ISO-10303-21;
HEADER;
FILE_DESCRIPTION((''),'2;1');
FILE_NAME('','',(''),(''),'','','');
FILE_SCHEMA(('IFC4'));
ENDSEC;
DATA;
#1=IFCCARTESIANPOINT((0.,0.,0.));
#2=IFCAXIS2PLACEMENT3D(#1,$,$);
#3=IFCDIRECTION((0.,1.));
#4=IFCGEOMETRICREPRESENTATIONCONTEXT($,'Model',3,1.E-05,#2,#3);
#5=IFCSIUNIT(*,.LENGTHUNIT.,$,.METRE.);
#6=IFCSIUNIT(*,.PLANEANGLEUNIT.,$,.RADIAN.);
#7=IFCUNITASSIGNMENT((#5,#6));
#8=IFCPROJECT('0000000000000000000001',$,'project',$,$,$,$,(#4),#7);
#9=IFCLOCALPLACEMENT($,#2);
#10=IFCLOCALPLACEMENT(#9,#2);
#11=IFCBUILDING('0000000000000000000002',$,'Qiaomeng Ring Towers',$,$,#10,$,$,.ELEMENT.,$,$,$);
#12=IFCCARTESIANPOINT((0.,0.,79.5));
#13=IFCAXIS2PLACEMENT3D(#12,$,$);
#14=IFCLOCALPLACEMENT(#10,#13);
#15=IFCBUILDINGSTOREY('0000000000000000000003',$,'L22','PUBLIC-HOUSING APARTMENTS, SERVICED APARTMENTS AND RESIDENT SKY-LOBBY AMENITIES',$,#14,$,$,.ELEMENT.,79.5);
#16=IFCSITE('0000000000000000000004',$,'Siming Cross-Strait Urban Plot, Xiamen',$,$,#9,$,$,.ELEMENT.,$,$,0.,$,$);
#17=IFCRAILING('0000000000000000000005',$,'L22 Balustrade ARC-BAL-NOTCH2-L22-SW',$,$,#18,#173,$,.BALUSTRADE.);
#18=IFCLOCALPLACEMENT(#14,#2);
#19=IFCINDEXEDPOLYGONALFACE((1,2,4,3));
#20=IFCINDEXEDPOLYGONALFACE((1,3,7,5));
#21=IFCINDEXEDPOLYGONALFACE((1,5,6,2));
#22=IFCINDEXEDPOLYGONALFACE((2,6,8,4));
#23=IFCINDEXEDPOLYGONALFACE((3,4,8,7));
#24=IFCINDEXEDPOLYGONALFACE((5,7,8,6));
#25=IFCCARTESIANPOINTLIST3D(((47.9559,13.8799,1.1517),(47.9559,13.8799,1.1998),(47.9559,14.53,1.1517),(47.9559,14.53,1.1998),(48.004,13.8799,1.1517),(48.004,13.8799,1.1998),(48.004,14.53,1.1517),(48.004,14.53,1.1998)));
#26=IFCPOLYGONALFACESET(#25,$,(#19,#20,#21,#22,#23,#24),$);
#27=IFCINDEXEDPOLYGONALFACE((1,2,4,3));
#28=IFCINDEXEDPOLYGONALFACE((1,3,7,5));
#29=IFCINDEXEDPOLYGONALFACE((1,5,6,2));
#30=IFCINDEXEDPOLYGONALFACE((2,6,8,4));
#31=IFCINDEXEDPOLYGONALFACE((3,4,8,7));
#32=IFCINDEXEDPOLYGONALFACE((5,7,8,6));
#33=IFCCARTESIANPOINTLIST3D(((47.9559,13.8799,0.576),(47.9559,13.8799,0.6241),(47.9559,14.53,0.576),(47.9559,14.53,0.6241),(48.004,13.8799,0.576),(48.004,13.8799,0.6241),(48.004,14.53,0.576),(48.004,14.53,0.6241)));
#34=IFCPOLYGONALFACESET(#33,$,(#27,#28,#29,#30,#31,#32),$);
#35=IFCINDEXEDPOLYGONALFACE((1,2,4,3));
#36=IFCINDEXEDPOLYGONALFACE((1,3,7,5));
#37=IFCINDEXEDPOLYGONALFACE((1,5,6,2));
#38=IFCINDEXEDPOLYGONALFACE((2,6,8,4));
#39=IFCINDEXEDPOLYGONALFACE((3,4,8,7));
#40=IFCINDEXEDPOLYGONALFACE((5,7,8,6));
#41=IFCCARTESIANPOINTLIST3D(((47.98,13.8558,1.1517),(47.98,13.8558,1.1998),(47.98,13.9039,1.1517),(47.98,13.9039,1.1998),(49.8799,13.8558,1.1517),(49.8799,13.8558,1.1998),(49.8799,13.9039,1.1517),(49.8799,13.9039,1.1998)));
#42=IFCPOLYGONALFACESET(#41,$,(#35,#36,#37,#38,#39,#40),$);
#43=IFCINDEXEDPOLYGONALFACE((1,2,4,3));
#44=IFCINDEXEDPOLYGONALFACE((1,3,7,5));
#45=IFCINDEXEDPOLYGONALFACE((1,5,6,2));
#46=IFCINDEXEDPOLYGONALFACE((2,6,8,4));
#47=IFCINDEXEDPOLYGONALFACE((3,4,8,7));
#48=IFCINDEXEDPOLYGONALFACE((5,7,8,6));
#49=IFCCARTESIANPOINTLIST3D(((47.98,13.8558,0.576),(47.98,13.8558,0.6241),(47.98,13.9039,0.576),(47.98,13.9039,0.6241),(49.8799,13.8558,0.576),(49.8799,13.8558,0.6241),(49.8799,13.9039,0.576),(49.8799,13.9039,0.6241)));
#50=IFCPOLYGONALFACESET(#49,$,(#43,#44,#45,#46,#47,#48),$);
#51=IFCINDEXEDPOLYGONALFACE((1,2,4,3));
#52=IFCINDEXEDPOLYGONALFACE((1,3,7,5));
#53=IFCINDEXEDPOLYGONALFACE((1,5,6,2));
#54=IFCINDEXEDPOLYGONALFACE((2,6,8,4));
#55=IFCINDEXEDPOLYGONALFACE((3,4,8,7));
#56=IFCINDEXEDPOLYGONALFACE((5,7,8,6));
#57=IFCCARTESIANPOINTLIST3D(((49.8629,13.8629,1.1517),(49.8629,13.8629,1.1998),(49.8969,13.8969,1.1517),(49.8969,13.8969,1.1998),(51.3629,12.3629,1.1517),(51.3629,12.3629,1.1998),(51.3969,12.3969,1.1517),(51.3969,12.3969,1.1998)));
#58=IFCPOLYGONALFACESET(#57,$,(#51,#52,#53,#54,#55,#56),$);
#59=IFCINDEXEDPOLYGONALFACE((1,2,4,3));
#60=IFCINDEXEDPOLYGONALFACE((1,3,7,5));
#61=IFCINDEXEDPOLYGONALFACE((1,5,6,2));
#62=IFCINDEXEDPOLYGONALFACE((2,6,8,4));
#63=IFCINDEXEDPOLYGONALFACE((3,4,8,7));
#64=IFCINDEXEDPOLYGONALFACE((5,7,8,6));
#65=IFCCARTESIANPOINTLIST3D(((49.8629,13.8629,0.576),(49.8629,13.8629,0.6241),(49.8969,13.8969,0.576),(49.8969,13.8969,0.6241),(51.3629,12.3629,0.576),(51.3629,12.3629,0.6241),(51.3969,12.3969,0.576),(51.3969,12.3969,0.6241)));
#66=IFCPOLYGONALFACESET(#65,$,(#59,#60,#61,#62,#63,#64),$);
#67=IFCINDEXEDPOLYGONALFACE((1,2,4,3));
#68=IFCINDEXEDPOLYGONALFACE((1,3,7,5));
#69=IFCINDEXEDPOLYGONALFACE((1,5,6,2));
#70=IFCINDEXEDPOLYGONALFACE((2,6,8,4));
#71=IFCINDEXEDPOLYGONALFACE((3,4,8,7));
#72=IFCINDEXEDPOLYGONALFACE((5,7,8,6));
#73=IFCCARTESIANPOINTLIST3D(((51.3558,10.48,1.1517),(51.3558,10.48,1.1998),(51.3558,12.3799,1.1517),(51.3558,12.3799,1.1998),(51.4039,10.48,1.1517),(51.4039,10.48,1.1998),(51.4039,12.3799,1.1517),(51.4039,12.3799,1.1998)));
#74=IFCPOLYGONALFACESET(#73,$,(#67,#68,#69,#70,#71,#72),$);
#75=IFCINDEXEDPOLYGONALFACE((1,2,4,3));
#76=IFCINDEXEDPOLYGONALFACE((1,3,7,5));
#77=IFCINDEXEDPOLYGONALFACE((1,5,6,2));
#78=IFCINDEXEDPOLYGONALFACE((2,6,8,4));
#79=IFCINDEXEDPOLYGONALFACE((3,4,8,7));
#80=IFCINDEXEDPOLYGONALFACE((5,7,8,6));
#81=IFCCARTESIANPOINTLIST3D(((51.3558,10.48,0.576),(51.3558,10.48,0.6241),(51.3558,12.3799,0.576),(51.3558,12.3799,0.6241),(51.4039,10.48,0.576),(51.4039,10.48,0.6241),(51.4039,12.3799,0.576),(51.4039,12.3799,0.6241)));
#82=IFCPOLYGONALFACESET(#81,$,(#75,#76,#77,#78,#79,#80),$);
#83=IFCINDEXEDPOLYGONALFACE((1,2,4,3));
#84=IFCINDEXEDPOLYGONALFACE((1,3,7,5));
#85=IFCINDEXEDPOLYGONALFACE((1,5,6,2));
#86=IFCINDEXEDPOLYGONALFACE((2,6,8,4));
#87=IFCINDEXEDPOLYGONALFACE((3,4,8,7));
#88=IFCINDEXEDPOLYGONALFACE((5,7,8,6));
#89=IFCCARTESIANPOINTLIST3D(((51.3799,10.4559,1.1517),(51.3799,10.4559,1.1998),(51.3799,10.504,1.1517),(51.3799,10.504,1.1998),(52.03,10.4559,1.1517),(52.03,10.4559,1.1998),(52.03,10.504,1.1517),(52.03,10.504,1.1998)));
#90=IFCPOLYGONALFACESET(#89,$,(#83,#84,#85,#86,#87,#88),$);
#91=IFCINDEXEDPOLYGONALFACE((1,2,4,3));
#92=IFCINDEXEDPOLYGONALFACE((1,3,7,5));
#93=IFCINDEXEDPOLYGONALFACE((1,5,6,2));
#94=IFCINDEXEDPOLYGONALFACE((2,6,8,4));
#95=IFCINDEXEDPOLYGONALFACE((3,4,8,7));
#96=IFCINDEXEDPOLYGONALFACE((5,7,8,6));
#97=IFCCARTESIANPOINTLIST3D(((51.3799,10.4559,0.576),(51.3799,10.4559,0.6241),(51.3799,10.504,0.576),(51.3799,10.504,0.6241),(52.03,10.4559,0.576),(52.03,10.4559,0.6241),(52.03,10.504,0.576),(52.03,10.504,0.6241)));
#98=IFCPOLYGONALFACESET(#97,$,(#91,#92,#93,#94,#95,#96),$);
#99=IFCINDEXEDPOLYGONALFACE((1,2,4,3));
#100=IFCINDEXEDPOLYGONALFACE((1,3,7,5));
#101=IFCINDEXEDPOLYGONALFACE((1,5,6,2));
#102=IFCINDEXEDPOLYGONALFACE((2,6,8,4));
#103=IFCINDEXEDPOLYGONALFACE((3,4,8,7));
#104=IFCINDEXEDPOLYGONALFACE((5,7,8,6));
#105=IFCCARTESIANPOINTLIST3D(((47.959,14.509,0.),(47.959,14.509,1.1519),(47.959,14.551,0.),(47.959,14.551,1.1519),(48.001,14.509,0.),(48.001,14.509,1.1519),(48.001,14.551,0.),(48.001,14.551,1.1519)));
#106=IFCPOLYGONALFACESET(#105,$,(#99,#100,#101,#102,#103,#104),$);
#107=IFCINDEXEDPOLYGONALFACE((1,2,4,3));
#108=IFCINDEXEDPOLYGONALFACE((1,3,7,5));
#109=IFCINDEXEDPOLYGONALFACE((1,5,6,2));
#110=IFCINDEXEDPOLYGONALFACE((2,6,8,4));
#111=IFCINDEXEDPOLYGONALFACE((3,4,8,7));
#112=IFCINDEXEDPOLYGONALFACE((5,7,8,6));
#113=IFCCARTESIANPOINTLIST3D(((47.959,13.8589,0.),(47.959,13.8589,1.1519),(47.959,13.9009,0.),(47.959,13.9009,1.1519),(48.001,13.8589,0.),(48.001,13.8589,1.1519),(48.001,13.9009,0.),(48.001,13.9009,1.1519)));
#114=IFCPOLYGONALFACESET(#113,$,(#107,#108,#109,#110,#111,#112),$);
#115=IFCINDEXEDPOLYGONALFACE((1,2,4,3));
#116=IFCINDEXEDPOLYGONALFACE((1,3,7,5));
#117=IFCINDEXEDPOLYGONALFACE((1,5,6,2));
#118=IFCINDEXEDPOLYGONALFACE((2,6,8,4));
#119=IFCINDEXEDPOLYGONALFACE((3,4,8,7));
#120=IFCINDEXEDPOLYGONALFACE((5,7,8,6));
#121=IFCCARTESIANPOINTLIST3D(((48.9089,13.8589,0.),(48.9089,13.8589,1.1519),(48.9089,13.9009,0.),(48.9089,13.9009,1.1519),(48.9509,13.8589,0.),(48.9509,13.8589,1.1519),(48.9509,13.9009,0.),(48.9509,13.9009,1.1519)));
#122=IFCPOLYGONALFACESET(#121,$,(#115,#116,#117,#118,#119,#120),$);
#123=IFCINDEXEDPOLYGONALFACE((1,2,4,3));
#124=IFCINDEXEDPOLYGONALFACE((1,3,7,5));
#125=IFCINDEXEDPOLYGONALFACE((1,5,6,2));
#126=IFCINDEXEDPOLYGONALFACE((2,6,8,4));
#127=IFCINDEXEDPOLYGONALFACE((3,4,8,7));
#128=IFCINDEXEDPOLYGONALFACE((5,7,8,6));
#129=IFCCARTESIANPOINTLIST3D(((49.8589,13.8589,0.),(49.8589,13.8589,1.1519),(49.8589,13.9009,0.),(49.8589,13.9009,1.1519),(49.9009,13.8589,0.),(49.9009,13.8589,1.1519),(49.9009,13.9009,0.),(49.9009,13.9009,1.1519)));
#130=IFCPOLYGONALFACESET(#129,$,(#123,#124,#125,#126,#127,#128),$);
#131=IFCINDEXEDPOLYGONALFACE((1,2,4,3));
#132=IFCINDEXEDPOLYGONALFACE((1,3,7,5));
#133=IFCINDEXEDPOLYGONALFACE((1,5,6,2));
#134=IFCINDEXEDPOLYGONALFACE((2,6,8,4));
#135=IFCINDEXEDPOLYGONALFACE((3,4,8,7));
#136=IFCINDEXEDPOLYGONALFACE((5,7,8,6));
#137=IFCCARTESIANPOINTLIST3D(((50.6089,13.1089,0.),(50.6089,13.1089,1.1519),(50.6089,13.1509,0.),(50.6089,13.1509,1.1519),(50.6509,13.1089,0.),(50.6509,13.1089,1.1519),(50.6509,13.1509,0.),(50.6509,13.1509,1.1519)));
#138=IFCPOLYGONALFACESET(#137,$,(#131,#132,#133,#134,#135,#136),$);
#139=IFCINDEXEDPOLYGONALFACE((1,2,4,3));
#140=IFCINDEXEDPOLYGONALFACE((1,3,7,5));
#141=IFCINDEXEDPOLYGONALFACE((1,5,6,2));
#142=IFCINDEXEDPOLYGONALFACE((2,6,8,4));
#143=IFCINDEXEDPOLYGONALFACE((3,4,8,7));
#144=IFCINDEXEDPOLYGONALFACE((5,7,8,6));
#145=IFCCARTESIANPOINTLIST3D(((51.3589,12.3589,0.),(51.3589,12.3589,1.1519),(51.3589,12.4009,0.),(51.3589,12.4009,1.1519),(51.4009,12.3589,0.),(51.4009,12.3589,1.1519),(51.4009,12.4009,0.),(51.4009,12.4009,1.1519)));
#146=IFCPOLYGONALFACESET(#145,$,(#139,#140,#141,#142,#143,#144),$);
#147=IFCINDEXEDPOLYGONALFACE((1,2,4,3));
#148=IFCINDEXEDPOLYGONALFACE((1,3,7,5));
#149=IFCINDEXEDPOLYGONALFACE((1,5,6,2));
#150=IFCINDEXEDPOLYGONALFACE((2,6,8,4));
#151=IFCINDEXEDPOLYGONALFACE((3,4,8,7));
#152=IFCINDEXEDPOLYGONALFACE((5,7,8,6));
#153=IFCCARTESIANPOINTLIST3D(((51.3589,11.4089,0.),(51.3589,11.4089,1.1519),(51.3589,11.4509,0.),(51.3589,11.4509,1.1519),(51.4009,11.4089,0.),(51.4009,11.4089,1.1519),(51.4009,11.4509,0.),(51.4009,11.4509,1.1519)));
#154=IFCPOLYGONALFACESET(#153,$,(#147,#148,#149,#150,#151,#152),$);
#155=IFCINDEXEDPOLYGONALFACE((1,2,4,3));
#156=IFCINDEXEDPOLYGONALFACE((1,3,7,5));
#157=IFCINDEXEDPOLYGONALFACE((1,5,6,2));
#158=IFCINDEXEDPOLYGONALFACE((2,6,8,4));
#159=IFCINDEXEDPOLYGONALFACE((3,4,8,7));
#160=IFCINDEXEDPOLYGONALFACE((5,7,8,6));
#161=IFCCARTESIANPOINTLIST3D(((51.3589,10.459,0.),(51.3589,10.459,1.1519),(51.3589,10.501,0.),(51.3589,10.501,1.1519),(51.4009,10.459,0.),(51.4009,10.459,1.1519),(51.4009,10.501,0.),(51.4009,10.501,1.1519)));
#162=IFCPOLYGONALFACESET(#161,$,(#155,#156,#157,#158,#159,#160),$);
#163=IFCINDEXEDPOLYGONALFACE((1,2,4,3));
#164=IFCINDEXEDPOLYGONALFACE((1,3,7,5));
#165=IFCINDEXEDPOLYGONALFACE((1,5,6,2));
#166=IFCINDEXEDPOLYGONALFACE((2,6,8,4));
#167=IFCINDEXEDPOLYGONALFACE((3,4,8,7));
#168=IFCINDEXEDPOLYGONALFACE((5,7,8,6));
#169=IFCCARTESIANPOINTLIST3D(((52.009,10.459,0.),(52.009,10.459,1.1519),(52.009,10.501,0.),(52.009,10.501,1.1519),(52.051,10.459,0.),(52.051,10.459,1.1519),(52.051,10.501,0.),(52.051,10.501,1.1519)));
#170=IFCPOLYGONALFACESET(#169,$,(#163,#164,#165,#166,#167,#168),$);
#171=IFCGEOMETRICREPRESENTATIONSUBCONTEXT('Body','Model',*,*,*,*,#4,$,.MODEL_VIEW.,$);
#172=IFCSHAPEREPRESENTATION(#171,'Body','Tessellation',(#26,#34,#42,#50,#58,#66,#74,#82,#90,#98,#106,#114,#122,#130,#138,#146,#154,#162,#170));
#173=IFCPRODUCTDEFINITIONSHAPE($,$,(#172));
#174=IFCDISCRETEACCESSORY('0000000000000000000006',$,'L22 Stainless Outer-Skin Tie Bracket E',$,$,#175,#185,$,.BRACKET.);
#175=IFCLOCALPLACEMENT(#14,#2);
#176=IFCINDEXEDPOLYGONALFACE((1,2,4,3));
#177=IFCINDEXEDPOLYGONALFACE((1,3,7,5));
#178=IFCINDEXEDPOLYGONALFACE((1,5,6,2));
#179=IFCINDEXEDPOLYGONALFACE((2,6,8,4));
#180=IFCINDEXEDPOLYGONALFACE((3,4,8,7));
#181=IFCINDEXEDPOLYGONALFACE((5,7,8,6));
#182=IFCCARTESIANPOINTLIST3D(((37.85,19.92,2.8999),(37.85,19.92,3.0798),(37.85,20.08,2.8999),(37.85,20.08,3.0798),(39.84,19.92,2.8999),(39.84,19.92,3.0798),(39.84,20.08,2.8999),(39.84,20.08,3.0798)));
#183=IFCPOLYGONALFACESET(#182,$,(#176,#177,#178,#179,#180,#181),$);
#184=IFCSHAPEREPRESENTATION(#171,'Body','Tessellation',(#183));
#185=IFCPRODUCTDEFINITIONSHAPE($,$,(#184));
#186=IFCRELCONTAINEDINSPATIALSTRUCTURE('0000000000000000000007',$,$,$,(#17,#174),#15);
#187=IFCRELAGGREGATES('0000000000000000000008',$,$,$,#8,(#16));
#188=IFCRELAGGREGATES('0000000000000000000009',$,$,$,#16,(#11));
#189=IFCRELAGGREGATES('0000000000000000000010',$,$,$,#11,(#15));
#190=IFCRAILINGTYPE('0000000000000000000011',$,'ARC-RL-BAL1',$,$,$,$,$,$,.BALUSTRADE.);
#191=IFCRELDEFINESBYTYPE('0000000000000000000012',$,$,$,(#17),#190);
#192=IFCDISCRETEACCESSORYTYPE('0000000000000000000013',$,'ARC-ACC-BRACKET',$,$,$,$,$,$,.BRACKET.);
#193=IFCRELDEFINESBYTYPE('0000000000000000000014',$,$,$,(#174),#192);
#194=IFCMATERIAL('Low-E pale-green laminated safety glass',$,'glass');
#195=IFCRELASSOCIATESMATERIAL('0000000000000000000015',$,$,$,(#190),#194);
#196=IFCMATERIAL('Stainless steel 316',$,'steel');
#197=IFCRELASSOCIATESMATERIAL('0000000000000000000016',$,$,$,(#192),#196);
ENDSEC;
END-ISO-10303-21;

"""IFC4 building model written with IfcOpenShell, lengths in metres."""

from ifc_helpers import new_model, si_unit, direction, frame, origin, origin_2d, place, context, subcontext, project, spatial, rectangle, extrude, source, transform, mapped, material, type_object, element, save


model = new_model("IFC4")

# Units and contexts
model_context = context("Model", 3, precision=1e-05, world=origin(), true_north=direction((0.0, 1.0)))
body_context = subcontext(model_context, "Body", "Model", "MODEL_VIEW")
ifc_project = project(units=[si_unit("LENGTHUNIT", "METRE"), si_unit("PLANEANGLEUNIT", "RADIAN")], contexts=[model_context])

# Site, building, storey
site_placement = place(None, origin())
site = spatial("IfcSite", under=ifc_project, at=site_placement, Name="Siming Cross-Strait Urban Plot, Xiamen", CompositionType="ELEMENT", RefElevation=0.0)
building_placement = place(site_placement, origin())
building = spatial("IfcBuilding", under=site, at=building_placement, Name="Qiaomeng Ring Towers", CompositionType="ELEMENT")
storey_placement = place(building_placement, frame((0.0, 0.0, 79.5)))
storey = spatial("IfcBuildingStorey", under=building, at=storey_placement, Name="L22", Description="PUBLIC-HOUSING APARTMENTS, SERVICED APARTMENTS AND RESIDENT SKY-LOBBY AMENITIES", CompositionType="ELEMENT", Elevation=79.5)

# Shared definitions
ifc_material_1 = material(Name="Stainless steel 316", Category="steel")

# Railing
ifc_material_2 = material(Name="Low-E pale-green laminated safety glass", Category="glass")
railing_type = type_object("IfcRailingType", Name="ARC-RL-BAL1", PredefinedType="BALUSTRADE", material=ifc_material_2)
railing_1_placement = place(storey_placement, frame((47.98, 14.53, 0.0)))
element("IfcRailing", 1, at=railing_1_placement, inside=storey, type_object=railing_type, Name="L22 Balustrade ARC-BAL-NOTCH2-L22-SW", PredefinedType="BALUSTRADE", context=body_context, shape_type="SweptSolid", body=[
    extrude(rectangle(XDim=0.0481, YDim=0.0481, at=origin_2d()), frame((0.0, 0.0, 1.1758), z_axis=(0.0, -1.0, 0.0), x_axis=(1.0, 0.0, 0.0)), (0.0, 0.0, 1.0), 0.6501),
    extrude(rectangle(XDim=0.0481, YDim=0.0481, at=origin_2d()), frame((0.0, 0.0, 0.6001), z_axis=(0.0, -1.0, 0.0), x_axis=(1.0, 0.0, 0.0)), (0.0, 0.0, 1.0), 0.6501),
    extrude(rectangle(XDim=0.0481, YDim=0.0481, at=origin_2d()), frame((0.0, -0.6501, 1.1758), z_axis=(1.0, 0.0, 0.0), x_axis=(0.0, 1.0, 0.0)), (0.0, 0.0, 1.0), 1.8999),
    extrude(rectangle(XDim=0.0481, YDim=0.0481, at=origin_2d()), frame((0.0, -0.6501, 0.6001), z_axis=(1.0, 0.0, 0.0), x_axis=(0.0, 1.0, 0.0)), (0.0, 0.0, 1.0), 1.8999),
    extrude(rectangle(XDim=0.0481, YDim=0.0481, at=origin_2d()), frame((1.8999, -0.6501, 1.1758), z_axis=(0.707107, -0.707107, 0.0), x_axis=(0.707107, 0.707107, 0.0)), (0.0, 0.0, 1.0), 2.1213),
    extrude(rectangle(XDim=0.0481, YDim=0.0481, at=origin_2d()), frame((1.8999, -0.6501, 0.6001), z_axis=(0.707107, -0.707107, 0.0), x_axis=(0.707107, 0.707107, 0.0)), (0.0, 0.0, 1.0), 2.1213),
    extrude(rectangle(XDim=0.0481, YDim=0.0481, at=origin_2d()), frame((3.3999, -2.1501, 1.1758), z_axis=(0.0, -1.0, 0.0), x_axis=(1.0, 0.0, 0.0)), (0.0, 0.0, 1.0), 1.8999),
    extrude(rectangle(XDim=0.0481, YDim=0.0481, at=origin_2d()), frame((3.3999, -2.1501, 0.6001), z_axis=(0.0, -1.0, 0.0), x_axis=(1.0, 0.0, 0.0)), (0.0, 0.0, 1.0), 1.8999),
    extrude(rectangle(XDim=0.0481, YDim=0.0481, at=origin_2d()), frame((3.3999, -4.05, 1.1758), z_axis=(1.0, 0.0, 0.0), x_axis=(0.0, 1.0, 0.0)), (0.0, 0.0, 1.0), 0.6501),
    extrude(rectangle(XDim=0.0481, YDim=0.0481, at=origin_2d()), frame((3.3999, -4.05, 0.6001), z_axis=(1.0, 0.0, 0.0), x_axis=(0.0, 1.0, 0.0)), (0.0, 0.0, 1.0), 0.6501),
    extrude(rectangle(XDim=0.042, YDim=0.042, at=origin_2d()), origin(), (0.0, 0.0, 1.0), 1.1519),
    extrude(rectangle(XDim=0.042, YDim=0.042, at=origin_2d()), frame((0.0, -0.6501, 0.0)), (0.0, 0.0, 1.0), 1.1519),
    extrude(rectangle(XDim=0.042, YDim=0.042, at=origin_2d()), frame((0.95, -0.6501, 0.0)), (0.0, 0.0, 1.0), 1.1519),
    extrude(rectangle(XDim=0.042, YDim=0.042, at=origin_2d()), frame((1.8999, -0.6501, 0.0)), (0.0, 0.0, 1.0), 1.1519),
    extrude(rectangle(XDim=0.042, YDim=0.042, at=origin_2d()), frame((2.6499, -1.4001, 0.0)), (0.0, 0.0, 1.0), 1.1519),
    extrude(rectangle(XDim=0.042, YDim=0.042, at=origin_2d()), frame((3.3999, -2.1501, 0.0)), (0.0, 0.0, 1.0), 1.1519),
    extrude(rectangle(XDim=0.042, YDim=0.042, at=origin_2d()), frame((3.3999, -3.1001, 0.0)), (0.0, 0.0, 1.0), 1.1519),
    extrude(rectangle(XDim=0.042, YDim=0.042, at=origin_2d()), frame((3.3999, -4.05, 0.0)), (0.0, 0.0, 1.0), 1.1519),
    extrude(rectangle(XDim=0.042, YDim=0.042, at=origin_2d()), frame((4.05, -4.05, 0.0)), (0.0, 0.0, 1.0), 1.1519),
])

# Discrete accessory
discrete_accessory_type = type_object("IfcDiscreteAccessoryType", Name="ARC-ACC-BRACKET", PredefinedType="BRACKET", material=ifc_material_1)
shared_shape_1 = source(origin(), body_context, "Body", "SweptSolid", [
    extrude(rectangle(XDim=1.99, YDim=0.1599, at=origin_2d()), origin(), (0.0, 0.0, 1.0), 0.1799),
])
discrete_accessory_placement = place(storey_placement, frame((38.845, 20.0, 2.8999), z_axis=(0.0, 0.0, 1.0), x_axis=(1.0, 0.0, 0.0)))
element("IfcDiscreteAccessory", 2, at=discrete_accessory_placement, inside=storey, type_object=discrete_accessory_type, Name="L22 Stainless Outer-Skin Tie Bracket E", PredefinedType="BRACKET", context=body_context, shape_type="MappedRepresentation", body=[
    mapped(shared_shape_1, transform((0.0, 0.0, 0.0), x_axis=(1.0, 0.0, 0.0), y_axis=(0.0, 1.0, 0.0), z_axis=(0.0, 0.0, 1.0), scale=1.0)),
])

save(model, "model.ifc")
